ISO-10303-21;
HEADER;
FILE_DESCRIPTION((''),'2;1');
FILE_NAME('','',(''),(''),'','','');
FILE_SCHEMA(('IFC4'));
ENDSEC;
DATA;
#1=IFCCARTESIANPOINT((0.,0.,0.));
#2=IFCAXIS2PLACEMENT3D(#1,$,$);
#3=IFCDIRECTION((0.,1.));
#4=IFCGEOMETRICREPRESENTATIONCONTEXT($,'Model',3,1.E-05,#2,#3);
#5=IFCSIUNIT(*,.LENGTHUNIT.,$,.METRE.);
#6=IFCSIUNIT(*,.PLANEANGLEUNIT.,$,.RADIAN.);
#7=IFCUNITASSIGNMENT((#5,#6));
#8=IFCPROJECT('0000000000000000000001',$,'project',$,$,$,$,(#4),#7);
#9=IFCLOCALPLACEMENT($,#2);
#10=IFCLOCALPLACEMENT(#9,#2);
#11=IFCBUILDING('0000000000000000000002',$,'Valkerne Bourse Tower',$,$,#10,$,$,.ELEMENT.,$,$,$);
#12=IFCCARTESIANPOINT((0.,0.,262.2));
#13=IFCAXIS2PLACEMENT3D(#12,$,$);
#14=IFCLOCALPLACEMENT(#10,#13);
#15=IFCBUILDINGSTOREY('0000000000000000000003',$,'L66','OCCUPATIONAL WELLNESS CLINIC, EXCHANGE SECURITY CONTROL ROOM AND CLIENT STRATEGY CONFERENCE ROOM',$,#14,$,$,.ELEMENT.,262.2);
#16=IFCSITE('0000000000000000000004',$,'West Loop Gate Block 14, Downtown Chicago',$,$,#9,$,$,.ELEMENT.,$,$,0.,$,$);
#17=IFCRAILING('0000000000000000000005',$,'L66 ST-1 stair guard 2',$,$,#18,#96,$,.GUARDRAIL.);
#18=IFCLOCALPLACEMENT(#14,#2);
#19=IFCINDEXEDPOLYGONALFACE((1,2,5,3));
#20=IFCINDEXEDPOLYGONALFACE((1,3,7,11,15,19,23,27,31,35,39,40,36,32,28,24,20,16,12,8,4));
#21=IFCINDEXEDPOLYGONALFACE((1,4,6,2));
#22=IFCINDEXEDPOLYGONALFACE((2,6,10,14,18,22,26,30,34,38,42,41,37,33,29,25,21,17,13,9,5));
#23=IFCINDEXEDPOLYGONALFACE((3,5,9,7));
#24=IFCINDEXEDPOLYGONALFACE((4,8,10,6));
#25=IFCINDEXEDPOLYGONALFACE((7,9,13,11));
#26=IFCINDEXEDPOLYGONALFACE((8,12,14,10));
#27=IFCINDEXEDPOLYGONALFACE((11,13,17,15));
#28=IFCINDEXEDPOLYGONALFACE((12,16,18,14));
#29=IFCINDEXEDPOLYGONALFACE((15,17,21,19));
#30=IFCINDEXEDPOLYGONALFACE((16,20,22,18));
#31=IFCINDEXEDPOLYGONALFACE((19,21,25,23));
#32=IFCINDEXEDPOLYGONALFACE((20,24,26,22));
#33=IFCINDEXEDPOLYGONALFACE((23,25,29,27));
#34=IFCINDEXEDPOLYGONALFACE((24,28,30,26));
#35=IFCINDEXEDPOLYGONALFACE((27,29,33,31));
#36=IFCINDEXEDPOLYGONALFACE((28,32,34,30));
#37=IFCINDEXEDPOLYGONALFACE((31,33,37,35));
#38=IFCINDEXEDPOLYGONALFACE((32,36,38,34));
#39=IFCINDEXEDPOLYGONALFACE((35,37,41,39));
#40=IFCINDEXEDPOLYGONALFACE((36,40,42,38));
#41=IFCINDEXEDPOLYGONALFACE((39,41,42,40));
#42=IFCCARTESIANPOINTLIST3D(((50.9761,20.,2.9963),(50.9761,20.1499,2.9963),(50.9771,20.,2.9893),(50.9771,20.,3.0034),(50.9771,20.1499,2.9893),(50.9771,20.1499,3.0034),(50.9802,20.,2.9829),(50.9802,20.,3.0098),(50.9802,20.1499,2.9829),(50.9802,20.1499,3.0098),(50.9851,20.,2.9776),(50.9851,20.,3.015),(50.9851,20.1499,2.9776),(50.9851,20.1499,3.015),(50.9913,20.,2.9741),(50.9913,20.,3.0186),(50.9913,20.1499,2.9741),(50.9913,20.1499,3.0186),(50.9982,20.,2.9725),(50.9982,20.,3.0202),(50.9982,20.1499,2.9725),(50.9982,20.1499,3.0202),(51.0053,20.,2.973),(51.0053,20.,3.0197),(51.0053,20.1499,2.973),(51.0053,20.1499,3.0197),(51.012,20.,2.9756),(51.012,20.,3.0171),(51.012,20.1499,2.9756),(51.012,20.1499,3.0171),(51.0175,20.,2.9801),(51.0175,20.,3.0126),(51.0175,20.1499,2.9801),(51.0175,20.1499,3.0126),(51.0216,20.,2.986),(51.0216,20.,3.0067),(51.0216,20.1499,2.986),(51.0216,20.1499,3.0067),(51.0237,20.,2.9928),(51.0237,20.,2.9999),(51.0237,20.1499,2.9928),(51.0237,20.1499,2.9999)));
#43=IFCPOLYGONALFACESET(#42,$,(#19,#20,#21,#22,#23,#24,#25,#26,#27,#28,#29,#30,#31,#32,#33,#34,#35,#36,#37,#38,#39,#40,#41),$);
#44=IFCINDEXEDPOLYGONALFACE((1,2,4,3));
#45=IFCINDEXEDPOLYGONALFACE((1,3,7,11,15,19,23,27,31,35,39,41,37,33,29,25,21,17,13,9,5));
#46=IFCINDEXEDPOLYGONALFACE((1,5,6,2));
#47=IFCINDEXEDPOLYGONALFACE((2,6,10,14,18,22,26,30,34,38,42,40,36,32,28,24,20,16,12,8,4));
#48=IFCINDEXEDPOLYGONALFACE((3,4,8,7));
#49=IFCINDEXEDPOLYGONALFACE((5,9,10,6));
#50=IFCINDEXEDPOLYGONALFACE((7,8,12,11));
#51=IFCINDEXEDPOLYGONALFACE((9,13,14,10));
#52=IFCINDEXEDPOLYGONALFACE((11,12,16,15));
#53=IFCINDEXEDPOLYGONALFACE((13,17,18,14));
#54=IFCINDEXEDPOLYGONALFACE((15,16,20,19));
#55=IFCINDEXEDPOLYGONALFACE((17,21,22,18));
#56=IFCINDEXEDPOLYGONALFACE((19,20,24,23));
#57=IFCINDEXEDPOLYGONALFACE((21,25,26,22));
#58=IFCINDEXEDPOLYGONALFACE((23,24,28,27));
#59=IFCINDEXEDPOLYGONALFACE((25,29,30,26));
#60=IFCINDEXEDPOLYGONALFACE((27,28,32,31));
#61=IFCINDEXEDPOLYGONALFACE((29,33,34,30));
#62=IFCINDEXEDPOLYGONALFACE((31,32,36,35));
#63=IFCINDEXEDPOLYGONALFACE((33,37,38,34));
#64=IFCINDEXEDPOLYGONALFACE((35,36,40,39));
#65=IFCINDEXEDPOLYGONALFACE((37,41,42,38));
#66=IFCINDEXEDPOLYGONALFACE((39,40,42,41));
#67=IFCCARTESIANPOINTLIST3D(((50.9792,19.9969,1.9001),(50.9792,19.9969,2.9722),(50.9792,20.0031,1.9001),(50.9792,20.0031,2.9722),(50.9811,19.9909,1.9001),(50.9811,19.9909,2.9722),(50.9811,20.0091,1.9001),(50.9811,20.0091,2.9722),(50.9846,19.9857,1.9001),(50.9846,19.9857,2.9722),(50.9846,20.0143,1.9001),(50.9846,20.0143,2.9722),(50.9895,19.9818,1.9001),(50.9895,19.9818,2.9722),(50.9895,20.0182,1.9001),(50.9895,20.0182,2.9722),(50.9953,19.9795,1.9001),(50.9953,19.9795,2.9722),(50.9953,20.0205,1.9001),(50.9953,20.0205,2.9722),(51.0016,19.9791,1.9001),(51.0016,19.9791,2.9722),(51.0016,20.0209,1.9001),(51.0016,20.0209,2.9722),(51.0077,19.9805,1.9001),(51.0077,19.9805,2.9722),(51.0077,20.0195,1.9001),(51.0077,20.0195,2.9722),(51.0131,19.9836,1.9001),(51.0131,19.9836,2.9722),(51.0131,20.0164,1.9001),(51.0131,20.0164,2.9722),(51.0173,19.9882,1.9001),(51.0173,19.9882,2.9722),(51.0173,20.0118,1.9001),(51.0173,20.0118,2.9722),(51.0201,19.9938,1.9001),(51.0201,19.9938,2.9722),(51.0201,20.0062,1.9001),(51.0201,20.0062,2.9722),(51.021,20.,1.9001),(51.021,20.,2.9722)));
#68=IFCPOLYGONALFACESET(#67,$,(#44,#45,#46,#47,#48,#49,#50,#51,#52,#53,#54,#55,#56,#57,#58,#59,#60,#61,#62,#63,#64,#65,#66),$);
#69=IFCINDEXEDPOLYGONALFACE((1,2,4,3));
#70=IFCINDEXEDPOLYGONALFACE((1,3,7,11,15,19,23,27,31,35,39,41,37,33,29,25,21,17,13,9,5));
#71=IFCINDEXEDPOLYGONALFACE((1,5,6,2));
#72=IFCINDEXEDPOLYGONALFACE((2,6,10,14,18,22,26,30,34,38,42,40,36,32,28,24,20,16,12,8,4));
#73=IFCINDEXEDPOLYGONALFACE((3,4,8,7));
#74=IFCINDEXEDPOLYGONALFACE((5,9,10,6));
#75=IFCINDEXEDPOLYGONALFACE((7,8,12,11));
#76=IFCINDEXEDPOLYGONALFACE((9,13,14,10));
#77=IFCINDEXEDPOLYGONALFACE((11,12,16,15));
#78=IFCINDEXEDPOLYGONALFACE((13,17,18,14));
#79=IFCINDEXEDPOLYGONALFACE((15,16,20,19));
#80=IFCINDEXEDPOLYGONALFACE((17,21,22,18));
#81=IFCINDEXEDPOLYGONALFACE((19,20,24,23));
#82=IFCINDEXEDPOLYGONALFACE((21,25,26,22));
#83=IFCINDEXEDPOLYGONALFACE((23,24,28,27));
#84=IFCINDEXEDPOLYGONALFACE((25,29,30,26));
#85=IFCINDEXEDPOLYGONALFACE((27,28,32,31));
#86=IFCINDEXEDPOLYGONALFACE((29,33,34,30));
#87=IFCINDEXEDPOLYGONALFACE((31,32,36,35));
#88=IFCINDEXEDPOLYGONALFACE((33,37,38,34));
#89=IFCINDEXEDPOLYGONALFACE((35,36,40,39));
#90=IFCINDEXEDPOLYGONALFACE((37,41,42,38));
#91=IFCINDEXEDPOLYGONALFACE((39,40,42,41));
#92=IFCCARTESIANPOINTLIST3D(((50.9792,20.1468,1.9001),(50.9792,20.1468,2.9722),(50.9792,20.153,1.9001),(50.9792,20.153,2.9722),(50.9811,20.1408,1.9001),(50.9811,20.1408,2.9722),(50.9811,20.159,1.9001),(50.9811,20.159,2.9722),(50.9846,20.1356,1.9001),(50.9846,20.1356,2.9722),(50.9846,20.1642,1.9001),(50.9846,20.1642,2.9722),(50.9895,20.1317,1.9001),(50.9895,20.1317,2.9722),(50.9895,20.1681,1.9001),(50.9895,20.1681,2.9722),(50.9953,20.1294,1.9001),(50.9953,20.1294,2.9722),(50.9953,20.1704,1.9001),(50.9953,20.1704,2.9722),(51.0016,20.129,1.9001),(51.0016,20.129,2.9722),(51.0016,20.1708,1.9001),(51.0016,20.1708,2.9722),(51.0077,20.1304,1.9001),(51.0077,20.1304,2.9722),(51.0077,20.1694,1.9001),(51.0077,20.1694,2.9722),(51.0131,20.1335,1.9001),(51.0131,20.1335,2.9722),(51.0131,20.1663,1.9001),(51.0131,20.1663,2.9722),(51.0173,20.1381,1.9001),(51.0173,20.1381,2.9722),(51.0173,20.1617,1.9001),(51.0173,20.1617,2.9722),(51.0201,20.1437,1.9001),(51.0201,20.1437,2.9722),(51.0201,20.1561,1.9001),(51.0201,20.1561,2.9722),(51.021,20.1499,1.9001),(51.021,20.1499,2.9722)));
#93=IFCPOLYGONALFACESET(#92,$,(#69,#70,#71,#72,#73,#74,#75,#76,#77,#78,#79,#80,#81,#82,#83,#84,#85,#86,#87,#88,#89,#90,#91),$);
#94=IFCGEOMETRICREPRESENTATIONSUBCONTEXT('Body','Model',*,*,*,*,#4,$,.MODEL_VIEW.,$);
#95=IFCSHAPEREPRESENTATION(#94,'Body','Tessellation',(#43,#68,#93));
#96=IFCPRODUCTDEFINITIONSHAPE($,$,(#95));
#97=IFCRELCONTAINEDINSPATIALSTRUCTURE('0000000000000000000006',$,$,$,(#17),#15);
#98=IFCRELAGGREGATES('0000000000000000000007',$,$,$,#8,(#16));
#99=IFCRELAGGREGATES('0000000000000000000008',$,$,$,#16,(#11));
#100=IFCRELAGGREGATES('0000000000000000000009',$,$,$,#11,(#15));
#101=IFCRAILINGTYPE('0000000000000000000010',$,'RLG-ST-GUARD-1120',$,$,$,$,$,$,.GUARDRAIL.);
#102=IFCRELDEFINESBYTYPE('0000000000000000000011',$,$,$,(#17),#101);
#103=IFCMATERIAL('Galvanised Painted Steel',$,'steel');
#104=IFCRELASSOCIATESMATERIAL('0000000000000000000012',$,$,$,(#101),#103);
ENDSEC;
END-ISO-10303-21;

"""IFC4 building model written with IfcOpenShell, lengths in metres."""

from ifc_helpers import new_model, si_unit, direction, frame, origin, origin_2d, place, context, subcontext, project, spatial, circle, extrude, material, type_object, element, save


model = new_model("IFC4")

# Units and contexts
model_context = context("Model", 3, precision=1e-05, world=origin(), true_north=direction((0.0, 1.0)))
body_context = subcontext(model_context, "Body", "Model", "MODEL_VIEW")
ifc_project = project(units=[si_unit("LENGTHUNIT", "METRE"), si_unit("PLANEANGLEUNIT", "RADIAN")], contexts=[model_context])

# Site, building, storey
site_placement = place(None, origin())
site = spatial("IfcSite", under=ifc_project, at=site_placement, Name="West Loop Gate Block 14, Downtown Chicago", CompositionType="ELEMENT", RefElevation=0.0)
building_placement = place(site_placement, origin())
building = spatial("IfcBuilding", under=site, at=building_placement, Name="Valkerne Bourse Tower", CompositionType="ELEMENT")
storey_placement = place(building_placement, frame((0.0, 0.0, 262.2)))
storey = spatial("IfcBuildingStorey", under=building, at=storey_placement, Name="L66", Description="OCCUPATIONAL WELLNESS CLINIC, EXCHANGE SECURITY CONTROL ROOM AND CLIENT STRATEGY CONFERENCE ROOM", CompositionType="ELEMENT", Elevation=262.2)

# Shared definitions
ifc_material_1 = material(Name="Galvanised Painted Steel", Category="steel")

# Railing
railing_type_1 = type_object("IfcRailingType", Name="RLG-ST-GUARD-1120", PredefinedType="GUARDRAIL", material=ifc_material_1)
railing_1_placement = place(storey_placement, frame((51.0, 20.0, 1.9001)))
element("IfcRailing", 1, at=railing_1_placement, inside=storey, type_object=railing_type_1, Name="L66 ST-1 stair guard 2", PredefinedType="GUARDRAIL", context=body_context, shape_type="SweptSolid", body=[
    extrude(circle(Radius=0.0239, at=origin_2d()), frame((0.0, 0.0, 1.0962), z_axis=(0.0, 1.0, 0.0), x_axis=(-1.0, 0.0, 0.0)), (0.0, 0.0, 1.0), 0.1499),
    extrude(circle(Radius=0.021, at=origin_2d()), origin(), (0.0, 0.0, 1.0), 1.072),
    extrude(circle(Radius=0.021, at=origin_2d()), frame((0.0, 0.1499, 0.0)), (0.0, 0.0, 1.0), 1.072),
])

save(model, "model.ifc")
